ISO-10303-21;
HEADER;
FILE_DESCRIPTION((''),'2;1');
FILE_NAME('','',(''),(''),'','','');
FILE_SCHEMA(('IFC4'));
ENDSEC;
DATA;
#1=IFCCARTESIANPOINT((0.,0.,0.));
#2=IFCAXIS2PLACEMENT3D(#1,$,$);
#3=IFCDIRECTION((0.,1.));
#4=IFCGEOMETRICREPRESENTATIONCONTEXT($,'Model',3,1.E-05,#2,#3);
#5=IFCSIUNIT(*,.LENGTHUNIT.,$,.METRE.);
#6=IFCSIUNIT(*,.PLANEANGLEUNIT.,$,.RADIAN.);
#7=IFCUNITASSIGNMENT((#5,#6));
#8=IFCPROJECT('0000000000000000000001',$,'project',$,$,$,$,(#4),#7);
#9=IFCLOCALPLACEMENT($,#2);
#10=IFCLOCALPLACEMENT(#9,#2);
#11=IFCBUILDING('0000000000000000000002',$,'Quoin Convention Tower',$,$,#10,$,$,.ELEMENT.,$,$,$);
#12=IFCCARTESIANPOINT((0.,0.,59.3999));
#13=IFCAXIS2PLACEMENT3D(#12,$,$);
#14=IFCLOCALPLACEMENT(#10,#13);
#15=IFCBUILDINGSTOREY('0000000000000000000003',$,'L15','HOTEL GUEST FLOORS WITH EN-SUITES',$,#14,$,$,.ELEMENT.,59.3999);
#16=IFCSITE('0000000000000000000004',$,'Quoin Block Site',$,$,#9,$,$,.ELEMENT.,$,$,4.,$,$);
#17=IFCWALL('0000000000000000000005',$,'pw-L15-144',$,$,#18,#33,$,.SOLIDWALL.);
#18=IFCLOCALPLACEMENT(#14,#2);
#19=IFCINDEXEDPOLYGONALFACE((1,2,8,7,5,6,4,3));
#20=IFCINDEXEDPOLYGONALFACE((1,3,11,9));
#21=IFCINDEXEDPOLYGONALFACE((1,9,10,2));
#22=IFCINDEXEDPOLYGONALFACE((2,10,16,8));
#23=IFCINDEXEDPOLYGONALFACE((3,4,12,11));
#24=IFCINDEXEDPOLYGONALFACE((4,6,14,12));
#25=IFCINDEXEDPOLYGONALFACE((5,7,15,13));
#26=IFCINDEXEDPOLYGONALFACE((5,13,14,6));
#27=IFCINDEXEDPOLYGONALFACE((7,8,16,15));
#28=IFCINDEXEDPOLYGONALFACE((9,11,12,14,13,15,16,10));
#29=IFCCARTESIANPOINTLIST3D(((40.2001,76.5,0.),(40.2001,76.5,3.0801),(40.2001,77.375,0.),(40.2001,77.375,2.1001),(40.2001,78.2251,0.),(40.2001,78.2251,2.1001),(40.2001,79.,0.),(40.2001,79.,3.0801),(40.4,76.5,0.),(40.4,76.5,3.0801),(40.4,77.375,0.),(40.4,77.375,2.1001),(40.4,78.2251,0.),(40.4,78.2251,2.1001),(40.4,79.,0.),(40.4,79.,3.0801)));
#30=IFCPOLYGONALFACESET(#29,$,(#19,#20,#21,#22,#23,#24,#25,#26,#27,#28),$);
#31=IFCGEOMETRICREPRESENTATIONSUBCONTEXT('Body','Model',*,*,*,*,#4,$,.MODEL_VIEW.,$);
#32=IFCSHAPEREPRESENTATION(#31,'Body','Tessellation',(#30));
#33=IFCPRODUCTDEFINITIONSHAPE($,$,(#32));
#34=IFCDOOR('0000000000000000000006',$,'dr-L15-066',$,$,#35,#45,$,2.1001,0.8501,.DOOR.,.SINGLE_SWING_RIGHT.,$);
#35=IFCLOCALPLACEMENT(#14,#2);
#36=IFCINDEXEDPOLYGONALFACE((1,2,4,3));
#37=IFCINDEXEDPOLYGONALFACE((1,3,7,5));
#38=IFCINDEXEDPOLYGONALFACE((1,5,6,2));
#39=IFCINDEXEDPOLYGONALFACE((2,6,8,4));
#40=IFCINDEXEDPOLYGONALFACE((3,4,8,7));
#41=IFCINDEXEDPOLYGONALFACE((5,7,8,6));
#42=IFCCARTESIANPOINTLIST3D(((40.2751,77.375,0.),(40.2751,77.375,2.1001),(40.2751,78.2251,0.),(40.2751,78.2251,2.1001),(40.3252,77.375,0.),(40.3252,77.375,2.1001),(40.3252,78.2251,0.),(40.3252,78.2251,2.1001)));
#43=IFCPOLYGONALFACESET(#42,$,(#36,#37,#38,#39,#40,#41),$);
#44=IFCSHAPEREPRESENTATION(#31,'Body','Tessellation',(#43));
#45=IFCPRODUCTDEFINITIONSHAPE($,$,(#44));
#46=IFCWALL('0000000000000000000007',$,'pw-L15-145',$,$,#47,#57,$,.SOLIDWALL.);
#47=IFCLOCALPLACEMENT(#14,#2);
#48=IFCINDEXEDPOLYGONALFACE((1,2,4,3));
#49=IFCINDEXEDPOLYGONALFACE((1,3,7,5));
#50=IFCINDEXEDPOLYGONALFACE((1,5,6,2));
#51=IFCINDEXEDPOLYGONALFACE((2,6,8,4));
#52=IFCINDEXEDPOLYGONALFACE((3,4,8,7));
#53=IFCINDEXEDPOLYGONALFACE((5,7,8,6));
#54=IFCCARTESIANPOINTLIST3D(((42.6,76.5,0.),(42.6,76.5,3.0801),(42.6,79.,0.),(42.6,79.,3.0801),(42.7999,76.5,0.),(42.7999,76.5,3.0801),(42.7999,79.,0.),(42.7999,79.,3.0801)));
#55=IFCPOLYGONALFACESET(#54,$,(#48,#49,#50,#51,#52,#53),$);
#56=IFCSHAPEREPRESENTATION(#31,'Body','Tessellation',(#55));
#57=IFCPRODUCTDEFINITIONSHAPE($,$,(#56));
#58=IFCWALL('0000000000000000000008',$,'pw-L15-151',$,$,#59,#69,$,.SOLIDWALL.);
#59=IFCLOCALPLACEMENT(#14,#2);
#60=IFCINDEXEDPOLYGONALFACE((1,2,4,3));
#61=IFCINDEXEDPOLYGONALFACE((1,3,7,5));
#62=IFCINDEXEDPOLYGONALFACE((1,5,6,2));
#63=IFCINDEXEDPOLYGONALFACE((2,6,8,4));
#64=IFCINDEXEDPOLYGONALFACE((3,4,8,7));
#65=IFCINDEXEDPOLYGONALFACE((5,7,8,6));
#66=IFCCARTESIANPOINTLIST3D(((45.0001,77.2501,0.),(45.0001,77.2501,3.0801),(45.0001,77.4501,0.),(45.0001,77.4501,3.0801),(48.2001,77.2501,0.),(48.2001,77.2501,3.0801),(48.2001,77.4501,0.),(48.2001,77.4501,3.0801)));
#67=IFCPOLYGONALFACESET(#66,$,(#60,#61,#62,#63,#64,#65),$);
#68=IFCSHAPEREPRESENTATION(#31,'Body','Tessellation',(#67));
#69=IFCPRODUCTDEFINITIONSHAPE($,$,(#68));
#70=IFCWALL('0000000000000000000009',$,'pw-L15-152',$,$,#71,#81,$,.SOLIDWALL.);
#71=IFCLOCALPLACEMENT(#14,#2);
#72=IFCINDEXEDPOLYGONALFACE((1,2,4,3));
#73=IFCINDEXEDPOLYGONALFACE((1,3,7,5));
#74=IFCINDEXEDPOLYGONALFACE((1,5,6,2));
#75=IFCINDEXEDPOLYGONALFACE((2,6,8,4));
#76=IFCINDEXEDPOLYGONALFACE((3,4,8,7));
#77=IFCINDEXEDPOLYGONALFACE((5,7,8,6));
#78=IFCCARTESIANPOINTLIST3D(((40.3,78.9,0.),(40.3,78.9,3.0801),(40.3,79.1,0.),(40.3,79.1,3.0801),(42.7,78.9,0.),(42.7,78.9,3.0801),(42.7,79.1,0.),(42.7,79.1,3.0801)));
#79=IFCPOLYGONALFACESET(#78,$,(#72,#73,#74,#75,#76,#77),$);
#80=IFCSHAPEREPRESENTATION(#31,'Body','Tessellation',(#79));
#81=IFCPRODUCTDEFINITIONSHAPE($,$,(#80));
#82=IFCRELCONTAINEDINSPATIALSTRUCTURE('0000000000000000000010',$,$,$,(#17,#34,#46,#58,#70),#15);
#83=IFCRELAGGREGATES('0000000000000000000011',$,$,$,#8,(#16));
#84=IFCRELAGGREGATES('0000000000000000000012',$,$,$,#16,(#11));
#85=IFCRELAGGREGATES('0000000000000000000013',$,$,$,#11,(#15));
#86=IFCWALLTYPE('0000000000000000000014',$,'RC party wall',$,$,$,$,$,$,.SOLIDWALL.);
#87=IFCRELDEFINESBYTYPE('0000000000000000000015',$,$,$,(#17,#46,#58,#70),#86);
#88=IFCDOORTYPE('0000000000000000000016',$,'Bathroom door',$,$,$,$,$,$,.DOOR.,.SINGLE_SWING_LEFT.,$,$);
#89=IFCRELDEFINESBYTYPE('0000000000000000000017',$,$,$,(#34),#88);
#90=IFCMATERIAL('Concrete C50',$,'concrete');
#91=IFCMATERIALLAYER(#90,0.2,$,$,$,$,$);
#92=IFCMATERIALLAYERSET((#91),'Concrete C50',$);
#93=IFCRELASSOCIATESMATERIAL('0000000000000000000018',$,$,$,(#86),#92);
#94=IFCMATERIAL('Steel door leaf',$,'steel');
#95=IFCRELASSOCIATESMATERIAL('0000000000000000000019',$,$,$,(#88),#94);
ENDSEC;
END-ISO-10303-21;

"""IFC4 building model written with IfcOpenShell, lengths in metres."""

from ifc_helpers import new_model, si_unit, direction, frame, frame_2d, origin, place, context, subcontext, project, spatial, rectangle, extrude, material, layer, layer_set, type_object, element, fill, save


model = new_model("IFC4")

# Units and contexts
model_context = context("Model", 3, precision=1e-05, world=origin(), true_north=direction((0.0, 1.0)))
body_context = subcontext(model_context, "Body", "Model", "MODEL_VIEW")
ifc_project = project(units=[si_unit("LENGTHUNIT", "METRE"), si_unit("PLANEANGLEUNIT", "RADIAN")], contexts=[model_context])

# Site, building, storey
site_placement = place(None, origin())
site = spatial("IfcSite", under=ifc_project, at=site_placement, Name="Quoin Block Site", CompositionType="ELEMENT", RefElevation=4.0)
building_placement = place(site_placement, origin())
building = spatial("IfcBuilding", under=site, at=building_placement, Name="Quoin Convention Tower", CompositionType="ELEMENT")
storey_placement = place(building_placement, frame((0.0, 0.0, 59.3999)))
storey = spatial("IfcBuildingStorey", under=building, at=storey_placement, Name="L15", Description="HOTEL GUEST FLOORS WITH EN-SUITES", CompositionType="ELEMENT", Elevation=59.3999)

# Shared definitions
ifc_material_1 = material(Name="Concrete C50", Category="concrete")
ifc_layer_1 = layer(ifc_material_1, 0.2)
ifc_layer_set_1 = layer_set([ifc_layer_1], Name="Concrete C50")
wall_type_1 = type_object("IfcWallType", Name="RC party wall", PredefinedType="SOLIDWALL", material=ifc_layer_set_1)
ifc_material_2 = material(Name="Steel door leaf", Category="steel")
door_type = type_object("IfcDoorType", Name="Bathroom door", OperationType="SINGLE_SWING_LEFT", PredefinedType="DOOR", material=ifc_material_2)

# Wall, opening, door
wall_1_placement = place(storey_placement, frame((40.3, 76.5, 0.0), z_axis=(0.0, 0.0, 1.0), x_axis=(0.0, 1.0, 0.0)))
wall_1 = element("IfcWall", 1, at=wall_1_placement, inside=storey, type_object=wall_type_1, Name="pw-L15-144", PredefinedType="SOLIDWALL", context=body_context, shape_type="SweptSolid", body=[
    extrude(rectangle(XDim=2.5, YDim=0.2, at=frame_2d((1.25, 0.0))), origin(), (0.0, 0.0, 1.0), 3.0801),
])
opening_1_placement = place(wall_1_placement, frame((0.875, 0.0, 0.0)))
opening_1 = element("IfcOpeningElement", 2, at=opening_1_placement, cuts=wall_1, PredefinedType="OPENING", context=body_context, shape_type="SweptSolid", body=[
    extrude(rectangle(XDim=0.8501, YDim=2.1001, at=frame_2d((0.425, 1.05))), frame((0.0, 0.1099, 0.0), z_axis=(0.0, -1.0, 0.0), x_axis=(1.0, 0.0, 0.0)), (0.0, 0.0, 1.0), 0.22),
])
door_1_placement = place(opening_1_placement, origin())
door_1 = element("IfcDoor", 3, at=door_1_placement, inside=storey, type_object=door_type, Name="dr-L15-066", OperationType="SINGLE_SWING_RIGHT", OverallHeight=2.1001, OverallWidth=0.8501, PredefinedType="DOOR", context=body_context, shape_type="SweptSolid", body=[
    extrude(rectangle(XDim=0.8501, YDim=2.1001, at=frame_2d((0.425, 1.05))), frame((0.0, 0.0249, 0.0), z_axis=(0.0, -1.0, 0.0), x_axis=(1.0, 0.0, 0.0)), (0.0, 0.0, 1.0), 0.05),
])
fill(opening_1, door_1)

# Walls
wall_2_placement = place(storey_placement, frame((42.7, 76.5, 0.0), z_axis=(0.0, 0.0, 1.0), x_axis=(0.0, 1.0, 0.0)))
element("IfcWall", 4, at=wall_2_placement, inside=storey, type_object=wall_type_1, Name="pw-L15-145", PredefinedType="SOLIDWALL", context=body_context, shape_type="SweptSolid", body=[
    extrude(rectangle(XDim=2.5, YDim=0.2, at=frame_2d((1.25, 0.0))), origin(), (0.0, 0.0, 1.0), 3.0801),
])
wall_3_placement = place(storey_placement, frame((45.0, 77.3501, 0.0), z_axis=(0.0, 0.0, 1.0), x_axis=(1.0, 0.0, 0.0)))
element("IfcWall", 5, at=wall_3_placement, inside=storey, type_object=wall_type_1, Name="pw-L15-151", PredefinedType="SOLIDWALL", context=body_context, shape_type="SweptSolid", body=[
    extrude(rectangle(XDim=3.2, YDim=0.2, at=frame_2d((1.6001, 0.0))), origin(), (0.0, 0.0, 1.0), 3.0801),
])
wall_4_placement = place(storey_placement, frame((40.3, 79.0, 0.0), z_axis=(0.0, 0.0, 1.0), x_axis=(1.0, 0.0, 0.0)))
element("IfcWall", 6, at=wall_4_placement, inside=storey, type_object=wall_type_1, Name="pw-L15-152", PredefinedType="SOLIDWALL", context=body_context, shape_type="SweptSolid", body=[
    extrude(rectangle(XDim=2.3999, YDim=0.2, at=frame_2d((1.2, 0.0))), origin(), (0.0, 0.0, 1.0), 3.0801),
])

save(model, "model.ifc")
